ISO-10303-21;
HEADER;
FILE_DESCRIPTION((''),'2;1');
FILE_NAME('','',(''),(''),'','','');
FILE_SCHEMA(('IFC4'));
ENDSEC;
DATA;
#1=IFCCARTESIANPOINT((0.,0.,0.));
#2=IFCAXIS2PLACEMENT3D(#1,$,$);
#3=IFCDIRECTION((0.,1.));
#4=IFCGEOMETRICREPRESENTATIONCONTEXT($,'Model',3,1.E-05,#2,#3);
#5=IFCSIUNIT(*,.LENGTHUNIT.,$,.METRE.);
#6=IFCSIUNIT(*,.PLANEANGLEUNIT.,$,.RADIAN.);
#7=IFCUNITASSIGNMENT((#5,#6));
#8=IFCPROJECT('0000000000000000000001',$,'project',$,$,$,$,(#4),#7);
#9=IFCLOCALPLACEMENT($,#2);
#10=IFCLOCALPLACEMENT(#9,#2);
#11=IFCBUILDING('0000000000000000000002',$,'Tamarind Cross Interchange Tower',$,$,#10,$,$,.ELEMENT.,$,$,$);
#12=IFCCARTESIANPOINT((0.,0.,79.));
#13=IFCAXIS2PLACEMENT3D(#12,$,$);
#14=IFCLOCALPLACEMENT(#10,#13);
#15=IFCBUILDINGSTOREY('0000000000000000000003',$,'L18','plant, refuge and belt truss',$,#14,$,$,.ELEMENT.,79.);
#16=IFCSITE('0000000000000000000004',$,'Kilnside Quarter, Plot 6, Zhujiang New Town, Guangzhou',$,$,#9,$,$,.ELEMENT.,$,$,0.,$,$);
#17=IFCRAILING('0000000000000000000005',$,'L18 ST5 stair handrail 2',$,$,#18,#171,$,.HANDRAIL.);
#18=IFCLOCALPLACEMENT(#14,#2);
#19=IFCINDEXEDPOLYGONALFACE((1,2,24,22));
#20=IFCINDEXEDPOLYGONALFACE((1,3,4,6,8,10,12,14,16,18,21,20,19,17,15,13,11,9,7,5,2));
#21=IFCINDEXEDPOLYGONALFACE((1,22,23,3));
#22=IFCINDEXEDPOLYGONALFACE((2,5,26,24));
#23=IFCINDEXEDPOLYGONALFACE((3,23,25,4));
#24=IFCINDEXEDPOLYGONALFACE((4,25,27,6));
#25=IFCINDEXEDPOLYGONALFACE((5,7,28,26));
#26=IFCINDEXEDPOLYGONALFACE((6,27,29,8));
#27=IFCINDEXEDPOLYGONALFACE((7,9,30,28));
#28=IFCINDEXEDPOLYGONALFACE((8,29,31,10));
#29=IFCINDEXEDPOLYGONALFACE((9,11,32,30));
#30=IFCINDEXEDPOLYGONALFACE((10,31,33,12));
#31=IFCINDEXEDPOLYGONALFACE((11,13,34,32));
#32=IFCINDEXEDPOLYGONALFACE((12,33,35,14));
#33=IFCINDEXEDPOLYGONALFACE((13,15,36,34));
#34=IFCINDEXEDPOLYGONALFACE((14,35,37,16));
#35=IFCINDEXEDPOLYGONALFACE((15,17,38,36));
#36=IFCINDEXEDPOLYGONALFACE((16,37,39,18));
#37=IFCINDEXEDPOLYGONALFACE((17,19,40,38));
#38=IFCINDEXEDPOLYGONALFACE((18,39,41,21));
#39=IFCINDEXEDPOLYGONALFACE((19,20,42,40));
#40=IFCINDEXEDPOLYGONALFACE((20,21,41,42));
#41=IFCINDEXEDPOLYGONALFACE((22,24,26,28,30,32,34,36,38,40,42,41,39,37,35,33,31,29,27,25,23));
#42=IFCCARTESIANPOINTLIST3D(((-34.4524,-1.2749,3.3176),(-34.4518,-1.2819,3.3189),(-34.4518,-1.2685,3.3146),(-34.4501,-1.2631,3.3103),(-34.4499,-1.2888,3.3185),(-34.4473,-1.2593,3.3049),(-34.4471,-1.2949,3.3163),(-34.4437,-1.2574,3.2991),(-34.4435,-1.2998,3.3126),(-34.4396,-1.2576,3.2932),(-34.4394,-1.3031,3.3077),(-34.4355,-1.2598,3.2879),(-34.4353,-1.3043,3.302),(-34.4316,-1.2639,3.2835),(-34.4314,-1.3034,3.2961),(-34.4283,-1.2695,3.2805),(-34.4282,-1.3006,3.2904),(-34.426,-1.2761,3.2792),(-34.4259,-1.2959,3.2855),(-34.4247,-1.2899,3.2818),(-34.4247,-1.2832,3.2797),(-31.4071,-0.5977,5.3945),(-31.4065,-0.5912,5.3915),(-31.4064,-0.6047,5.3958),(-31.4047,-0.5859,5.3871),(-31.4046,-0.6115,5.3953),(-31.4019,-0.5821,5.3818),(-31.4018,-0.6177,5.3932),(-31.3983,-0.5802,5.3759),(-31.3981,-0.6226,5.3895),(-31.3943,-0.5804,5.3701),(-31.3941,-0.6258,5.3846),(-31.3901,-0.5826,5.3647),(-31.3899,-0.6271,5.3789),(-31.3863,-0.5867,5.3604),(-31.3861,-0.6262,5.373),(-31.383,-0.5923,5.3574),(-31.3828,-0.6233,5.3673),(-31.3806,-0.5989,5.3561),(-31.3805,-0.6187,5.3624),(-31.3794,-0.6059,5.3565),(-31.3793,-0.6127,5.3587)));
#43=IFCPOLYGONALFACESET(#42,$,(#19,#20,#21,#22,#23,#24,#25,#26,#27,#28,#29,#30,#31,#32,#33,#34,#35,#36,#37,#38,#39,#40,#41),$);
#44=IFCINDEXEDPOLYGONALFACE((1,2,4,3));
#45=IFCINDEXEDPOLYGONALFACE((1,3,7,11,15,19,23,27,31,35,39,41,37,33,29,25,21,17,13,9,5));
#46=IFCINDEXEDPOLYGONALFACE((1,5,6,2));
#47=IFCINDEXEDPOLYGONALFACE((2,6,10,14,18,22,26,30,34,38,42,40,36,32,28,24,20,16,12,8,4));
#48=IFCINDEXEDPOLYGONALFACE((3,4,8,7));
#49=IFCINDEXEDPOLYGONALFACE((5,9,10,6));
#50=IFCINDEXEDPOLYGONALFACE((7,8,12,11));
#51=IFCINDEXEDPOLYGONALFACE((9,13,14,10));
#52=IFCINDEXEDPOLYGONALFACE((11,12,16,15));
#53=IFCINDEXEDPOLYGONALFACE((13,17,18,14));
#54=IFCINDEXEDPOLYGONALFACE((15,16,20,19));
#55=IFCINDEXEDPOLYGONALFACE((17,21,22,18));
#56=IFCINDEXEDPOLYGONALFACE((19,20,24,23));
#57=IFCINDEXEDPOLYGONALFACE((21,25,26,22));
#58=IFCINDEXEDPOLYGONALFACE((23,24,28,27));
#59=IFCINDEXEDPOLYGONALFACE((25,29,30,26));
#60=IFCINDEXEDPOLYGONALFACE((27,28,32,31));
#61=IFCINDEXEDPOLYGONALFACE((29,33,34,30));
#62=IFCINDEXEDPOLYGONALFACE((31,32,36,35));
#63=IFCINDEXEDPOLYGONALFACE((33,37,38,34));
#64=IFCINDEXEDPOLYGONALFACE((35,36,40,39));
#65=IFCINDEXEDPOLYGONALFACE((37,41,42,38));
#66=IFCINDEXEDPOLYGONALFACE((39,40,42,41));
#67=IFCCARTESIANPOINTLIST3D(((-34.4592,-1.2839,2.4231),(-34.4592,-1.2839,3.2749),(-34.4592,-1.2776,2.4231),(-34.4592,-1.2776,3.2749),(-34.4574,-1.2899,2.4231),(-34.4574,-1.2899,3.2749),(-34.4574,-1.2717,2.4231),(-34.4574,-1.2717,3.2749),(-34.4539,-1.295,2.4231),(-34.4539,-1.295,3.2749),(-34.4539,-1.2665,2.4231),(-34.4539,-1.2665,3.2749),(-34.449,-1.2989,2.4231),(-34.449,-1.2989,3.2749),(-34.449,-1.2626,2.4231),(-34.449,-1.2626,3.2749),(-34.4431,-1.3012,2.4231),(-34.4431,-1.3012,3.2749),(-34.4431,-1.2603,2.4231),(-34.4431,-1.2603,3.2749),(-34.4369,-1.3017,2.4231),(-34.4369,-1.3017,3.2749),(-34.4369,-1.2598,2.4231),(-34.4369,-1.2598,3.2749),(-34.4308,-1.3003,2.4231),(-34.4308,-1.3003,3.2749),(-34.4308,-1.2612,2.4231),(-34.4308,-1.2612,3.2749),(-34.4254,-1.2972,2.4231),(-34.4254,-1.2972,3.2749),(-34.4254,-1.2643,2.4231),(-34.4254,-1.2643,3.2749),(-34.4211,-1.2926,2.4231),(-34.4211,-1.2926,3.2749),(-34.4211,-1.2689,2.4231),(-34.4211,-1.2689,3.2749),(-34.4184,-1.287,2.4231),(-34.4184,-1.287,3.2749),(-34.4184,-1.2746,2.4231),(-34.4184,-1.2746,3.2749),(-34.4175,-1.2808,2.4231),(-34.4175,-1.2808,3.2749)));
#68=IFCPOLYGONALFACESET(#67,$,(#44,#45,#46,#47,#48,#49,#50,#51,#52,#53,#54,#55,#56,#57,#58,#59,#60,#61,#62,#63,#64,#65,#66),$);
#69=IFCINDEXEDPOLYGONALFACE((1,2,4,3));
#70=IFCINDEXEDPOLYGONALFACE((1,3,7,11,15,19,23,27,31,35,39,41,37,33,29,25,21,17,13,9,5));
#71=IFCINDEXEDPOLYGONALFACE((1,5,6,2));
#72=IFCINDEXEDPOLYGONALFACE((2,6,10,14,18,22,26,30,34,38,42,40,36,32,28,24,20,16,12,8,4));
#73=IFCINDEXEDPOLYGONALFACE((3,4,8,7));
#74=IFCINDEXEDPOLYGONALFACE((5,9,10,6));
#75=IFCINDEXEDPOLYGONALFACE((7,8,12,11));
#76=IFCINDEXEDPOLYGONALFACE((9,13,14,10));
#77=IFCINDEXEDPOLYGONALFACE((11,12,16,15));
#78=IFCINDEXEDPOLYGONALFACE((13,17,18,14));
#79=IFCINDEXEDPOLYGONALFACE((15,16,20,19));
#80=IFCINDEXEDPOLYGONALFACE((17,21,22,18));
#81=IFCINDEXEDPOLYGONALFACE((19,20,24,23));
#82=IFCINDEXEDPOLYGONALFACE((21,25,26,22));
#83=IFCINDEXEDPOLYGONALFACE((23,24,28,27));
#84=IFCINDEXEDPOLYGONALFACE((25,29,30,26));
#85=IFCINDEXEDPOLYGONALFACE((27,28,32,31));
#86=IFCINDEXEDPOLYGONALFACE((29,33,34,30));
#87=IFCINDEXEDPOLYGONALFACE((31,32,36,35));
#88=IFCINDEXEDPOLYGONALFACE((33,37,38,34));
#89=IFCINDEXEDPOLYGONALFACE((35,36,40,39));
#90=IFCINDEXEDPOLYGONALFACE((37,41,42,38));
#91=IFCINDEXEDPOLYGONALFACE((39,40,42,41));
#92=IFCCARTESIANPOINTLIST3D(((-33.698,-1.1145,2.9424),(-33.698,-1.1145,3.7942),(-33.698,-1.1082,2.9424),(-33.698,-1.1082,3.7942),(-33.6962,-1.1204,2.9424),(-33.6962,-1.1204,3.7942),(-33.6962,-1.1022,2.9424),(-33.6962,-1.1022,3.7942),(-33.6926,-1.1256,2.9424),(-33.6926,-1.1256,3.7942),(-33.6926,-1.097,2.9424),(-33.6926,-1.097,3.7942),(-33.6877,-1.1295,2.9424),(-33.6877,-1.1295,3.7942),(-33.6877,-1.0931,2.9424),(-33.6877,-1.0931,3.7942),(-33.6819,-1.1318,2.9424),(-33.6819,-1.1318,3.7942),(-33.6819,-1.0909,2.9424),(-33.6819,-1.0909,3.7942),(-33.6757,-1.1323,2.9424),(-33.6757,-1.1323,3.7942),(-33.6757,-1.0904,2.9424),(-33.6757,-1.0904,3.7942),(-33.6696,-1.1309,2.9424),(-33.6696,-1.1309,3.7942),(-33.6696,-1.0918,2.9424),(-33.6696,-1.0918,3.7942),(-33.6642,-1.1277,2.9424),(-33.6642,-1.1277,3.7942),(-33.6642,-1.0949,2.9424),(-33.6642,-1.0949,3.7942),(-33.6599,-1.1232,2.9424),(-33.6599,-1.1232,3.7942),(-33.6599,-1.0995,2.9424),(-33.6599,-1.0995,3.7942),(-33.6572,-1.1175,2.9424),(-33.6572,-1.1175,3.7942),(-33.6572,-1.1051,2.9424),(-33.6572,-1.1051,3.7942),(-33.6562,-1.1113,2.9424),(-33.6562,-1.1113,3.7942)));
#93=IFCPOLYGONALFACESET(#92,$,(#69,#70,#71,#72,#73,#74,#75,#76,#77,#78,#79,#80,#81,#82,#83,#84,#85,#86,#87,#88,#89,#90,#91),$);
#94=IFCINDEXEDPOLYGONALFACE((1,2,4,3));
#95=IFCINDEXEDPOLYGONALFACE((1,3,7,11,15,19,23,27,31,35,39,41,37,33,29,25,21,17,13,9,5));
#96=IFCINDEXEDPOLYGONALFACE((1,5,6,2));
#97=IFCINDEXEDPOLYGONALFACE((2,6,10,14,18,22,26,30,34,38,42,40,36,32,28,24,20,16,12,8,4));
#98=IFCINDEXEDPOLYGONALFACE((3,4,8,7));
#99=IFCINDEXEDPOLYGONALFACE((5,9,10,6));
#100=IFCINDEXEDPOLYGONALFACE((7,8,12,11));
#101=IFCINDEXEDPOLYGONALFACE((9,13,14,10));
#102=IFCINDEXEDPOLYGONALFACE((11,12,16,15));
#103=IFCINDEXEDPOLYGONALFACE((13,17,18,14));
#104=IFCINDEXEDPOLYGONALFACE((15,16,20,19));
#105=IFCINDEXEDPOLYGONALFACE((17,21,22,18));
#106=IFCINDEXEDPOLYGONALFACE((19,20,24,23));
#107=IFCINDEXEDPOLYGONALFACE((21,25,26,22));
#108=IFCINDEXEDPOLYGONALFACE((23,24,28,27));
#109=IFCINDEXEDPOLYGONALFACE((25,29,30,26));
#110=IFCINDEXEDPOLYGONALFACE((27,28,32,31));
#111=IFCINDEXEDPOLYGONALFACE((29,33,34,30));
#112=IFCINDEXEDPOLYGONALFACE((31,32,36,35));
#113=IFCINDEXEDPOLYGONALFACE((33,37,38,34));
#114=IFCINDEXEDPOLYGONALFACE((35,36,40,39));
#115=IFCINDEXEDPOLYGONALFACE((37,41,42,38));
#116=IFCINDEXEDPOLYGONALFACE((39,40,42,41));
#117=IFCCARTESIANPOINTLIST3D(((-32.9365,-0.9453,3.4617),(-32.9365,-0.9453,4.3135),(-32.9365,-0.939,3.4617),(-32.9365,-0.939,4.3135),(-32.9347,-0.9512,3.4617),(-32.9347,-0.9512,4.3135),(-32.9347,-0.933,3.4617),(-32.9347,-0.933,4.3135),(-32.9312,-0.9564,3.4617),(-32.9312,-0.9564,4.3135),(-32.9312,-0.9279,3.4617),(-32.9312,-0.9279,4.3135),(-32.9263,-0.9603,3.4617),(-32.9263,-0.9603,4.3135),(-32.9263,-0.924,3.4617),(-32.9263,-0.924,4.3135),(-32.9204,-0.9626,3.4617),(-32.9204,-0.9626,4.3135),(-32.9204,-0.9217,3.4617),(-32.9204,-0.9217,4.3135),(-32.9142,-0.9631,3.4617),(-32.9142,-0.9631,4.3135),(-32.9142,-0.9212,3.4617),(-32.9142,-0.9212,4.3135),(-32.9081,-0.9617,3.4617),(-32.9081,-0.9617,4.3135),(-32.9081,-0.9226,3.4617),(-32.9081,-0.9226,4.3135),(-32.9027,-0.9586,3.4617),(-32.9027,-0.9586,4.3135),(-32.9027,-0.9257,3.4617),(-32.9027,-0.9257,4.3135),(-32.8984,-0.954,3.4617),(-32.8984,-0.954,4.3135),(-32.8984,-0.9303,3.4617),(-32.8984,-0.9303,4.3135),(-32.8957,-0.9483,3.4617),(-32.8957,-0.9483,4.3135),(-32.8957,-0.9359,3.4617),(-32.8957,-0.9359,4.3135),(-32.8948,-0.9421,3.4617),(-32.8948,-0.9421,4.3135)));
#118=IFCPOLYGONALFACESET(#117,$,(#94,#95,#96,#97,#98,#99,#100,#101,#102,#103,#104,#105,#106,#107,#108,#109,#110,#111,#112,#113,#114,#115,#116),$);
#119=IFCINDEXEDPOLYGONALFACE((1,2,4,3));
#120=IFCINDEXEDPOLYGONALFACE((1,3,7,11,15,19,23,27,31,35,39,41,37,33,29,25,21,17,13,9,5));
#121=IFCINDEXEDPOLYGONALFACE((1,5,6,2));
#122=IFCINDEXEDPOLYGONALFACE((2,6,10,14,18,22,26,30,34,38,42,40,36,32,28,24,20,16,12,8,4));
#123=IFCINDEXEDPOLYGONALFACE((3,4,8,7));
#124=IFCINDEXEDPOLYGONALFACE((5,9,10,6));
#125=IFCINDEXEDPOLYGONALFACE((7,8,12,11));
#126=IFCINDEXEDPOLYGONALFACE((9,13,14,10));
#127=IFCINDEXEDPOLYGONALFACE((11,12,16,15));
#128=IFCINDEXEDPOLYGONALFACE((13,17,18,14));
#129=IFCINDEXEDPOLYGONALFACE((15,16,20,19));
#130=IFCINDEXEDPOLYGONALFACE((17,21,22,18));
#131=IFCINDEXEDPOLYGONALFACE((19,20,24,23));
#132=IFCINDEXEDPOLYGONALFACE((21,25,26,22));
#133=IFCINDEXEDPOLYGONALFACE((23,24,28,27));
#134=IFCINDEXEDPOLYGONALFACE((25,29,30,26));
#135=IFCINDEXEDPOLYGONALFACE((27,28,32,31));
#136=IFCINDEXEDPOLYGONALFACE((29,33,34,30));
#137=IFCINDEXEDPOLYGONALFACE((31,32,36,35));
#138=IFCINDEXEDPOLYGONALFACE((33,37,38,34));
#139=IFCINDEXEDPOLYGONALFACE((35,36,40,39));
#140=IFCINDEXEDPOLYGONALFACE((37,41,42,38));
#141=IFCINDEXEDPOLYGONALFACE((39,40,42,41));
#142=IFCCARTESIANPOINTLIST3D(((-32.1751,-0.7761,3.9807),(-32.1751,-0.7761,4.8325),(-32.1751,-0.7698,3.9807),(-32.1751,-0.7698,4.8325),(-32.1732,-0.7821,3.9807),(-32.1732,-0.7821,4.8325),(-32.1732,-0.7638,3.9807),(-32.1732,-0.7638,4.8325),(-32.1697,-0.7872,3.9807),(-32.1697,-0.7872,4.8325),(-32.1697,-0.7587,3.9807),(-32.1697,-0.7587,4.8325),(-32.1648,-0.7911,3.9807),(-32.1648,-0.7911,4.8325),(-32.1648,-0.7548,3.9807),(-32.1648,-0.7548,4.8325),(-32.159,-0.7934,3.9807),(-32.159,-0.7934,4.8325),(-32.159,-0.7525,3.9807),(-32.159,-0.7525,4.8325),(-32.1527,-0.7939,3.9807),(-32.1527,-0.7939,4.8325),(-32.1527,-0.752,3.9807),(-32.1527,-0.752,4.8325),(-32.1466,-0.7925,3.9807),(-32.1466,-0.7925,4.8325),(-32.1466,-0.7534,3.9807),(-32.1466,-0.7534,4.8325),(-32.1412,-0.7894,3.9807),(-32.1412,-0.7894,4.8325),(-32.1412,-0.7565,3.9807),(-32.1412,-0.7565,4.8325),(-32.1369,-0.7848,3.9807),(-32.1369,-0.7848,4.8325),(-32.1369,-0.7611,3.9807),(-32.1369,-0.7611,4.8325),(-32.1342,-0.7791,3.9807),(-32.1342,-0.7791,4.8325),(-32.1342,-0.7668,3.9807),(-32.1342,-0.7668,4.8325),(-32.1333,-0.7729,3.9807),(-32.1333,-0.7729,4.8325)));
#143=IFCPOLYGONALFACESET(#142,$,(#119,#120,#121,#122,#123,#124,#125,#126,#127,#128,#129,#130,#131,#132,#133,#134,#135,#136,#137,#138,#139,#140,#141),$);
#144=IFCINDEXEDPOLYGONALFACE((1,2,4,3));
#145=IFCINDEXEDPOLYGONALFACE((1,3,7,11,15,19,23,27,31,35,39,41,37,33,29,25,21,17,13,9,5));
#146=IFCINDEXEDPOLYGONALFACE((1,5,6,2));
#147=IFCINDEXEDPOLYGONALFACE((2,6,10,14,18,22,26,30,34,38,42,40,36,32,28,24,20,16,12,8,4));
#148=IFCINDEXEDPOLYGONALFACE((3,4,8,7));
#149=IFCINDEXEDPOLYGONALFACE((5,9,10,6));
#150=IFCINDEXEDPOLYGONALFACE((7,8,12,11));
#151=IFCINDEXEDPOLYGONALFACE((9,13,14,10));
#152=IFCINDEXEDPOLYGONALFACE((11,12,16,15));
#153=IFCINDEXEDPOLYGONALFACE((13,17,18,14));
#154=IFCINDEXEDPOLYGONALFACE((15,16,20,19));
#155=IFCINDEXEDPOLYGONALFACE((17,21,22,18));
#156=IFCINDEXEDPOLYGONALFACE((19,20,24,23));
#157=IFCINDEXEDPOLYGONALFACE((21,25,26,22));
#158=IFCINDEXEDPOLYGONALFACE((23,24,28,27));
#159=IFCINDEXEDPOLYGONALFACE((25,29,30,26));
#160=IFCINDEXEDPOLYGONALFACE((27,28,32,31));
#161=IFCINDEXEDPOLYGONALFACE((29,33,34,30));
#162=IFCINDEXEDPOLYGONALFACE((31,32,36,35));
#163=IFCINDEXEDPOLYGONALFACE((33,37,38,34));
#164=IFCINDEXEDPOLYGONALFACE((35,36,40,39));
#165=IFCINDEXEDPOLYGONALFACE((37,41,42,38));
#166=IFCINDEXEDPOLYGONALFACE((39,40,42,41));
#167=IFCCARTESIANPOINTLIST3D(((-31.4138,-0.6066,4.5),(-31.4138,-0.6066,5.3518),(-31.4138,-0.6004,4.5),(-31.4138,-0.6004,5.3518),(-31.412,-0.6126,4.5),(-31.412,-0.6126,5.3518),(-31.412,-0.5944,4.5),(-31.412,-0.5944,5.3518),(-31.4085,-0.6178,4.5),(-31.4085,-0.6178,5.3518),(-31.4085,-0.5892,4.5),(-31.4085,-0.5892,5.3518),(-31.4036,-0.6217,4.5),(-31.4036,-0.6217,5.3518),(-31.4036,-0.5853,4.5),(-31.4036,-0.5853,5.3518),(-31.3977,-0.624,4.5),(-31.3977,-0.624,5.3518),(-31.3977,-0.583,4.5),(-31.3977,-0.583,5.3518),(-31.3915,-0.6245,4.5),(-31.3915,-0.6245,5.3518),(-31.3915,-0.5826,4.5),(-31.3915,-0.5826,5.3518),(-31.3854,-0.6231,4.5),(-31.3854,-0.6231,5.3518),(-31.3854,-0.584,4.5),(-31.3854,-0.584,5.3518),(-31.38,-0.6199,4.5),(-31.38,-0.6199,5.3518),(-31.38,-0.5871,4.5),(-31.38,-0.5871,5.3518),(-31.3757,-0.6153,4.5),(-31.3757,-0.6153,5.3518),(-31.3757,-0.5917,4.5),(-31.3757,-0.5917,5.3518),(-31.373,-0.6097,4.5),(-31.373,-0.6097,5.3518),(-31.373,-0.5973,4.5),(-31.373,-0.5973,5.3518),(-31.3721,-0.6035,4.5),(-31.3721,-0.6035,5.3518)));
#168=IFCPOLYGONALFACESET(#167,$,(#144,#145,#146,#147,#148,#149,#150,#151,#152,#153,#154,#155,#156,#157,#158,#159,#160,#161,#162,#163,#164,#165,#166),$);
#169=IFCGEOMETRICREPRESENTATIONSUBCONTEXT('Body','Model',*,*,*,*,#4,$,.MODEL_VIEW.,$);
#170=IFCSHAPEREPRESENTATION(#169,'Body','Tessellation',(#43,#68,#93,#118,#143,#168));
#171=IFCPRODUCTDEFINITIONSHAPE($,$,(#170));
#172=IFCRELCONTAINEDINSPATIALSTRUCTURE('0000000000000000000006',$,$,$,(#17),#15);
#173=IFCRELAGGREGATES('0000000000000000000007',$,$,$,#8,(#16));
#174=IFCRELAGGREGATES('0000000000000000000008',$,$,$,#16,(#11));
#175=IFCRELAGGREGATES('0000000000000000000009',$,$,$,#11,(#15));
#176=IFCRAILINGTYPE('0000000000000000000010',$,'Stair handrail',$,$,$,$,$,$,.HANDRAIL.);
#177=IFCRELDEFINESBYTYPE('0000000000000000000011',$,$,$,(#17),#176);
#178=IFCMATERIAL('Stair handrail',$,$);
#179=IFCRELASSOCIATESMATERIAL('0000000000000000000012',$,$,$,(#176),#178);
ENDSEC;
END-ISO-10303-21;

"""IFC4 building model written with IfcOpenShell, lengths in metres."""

from ifc_helpers import new_model, si_unit, direction, frame, origin, origin_2d, place, context, subcontext, project, spatial, circle, extrude, material, type_object, element, save


model = new_model("IFC4")

# Units and contexts
model_context = context("Model", 3, precision=1e-05, world=origin(), true_north=direction((0.0, 1.0)))
body_context = subcontext(model_context, "Body", "Model", "MODEL_VIEW")
ifc_project = project(units=[si_unit("LENGTHUNIT", "METRE"), si_unit("PLANEANGLEUNIT", "RADIAN")], contexts=[model_context])

# Site, building, storey
site_placement = place(None, origin())
site = spatial("IfcSite", under=ifc_project, at=site_placement, Name="Kilnside Quarter, Plot 6, Zhujiang New Town, Guangzhou", CompositionType="ELEMENT", RefElevation=0.0)
building_placement = place(site_placement, origin())
building = spatial("IfcBuilding", under=site, at=building_placement, Name="Tamarind Cross Interchange Tower", CompositionType="ELEMENT")
storey_placement = place(building_placement, frame((0.0, 0.0, 79.0)))
storey = spatial("IfcBuildingStorey", under=building, at=storey_placement, Name="L18", Description="plant, refuge and belt truss", CompositionType="ELEMENT", Elevation=79.0)

# Railing
ifc_material_1 = material(Name="Stair handrail")
railing_type_1 = type_object("IfcRailingType", Name="Stair handrail", PredefinedType="HANDRAIL", material=ifc_material_1)
railing_1_placement = place(storey_placement, frame((-34.4385, -1.2808, 2.4231)))
element("IfcRailing", 1, at=railing_1_placement, inside=storey, type_object=railing_type_1, Name="L18 ST5 stair handrail 2", PredefinedType="HANDRAIL", context=body_context, shape_type="SweptSolid", body=[
    extrude(circle(Radius=0.0239, at=origin_2d()), frame((0.0, 0.0, 0.876), z_axis=(0.812566, 0.1807, 0.554152), x_axis=(-0.21708, 0.976154, 0.0)), (0.0, 0.0, 1.0), 3.7478),
    extrude(circle(Radius=0.021, at=origin_2d()), origin(), (0.0, 0.0, 1.0), 0.8518),
    extrude(circle(Radius=0.021, at=origin_2d()), frame((0.7612, 0.1694, 0.5193)), (0.0, 0.0, 1.0), 0.8518),
    extrude(circle(Radius=0.021, at=origin_2d()), frame((1.5227, 0.3386, 1.0386)), (0.0, 0.0, 1.0), 0.8518),
    extrude(circle(Radius=0.021, at=origin_2d()), frame((2.2842, 0.5078, 1.5576)), (0.0, 0.0, 1.0), 0.8518),
    extrude(circle(Radius=0.021, at=origin_2d()), frame((3.0454, 0.6772, 2.0769)), (0.0, 0.0, 1.0), 0.8518),
])

save(model, "model.ifc")
